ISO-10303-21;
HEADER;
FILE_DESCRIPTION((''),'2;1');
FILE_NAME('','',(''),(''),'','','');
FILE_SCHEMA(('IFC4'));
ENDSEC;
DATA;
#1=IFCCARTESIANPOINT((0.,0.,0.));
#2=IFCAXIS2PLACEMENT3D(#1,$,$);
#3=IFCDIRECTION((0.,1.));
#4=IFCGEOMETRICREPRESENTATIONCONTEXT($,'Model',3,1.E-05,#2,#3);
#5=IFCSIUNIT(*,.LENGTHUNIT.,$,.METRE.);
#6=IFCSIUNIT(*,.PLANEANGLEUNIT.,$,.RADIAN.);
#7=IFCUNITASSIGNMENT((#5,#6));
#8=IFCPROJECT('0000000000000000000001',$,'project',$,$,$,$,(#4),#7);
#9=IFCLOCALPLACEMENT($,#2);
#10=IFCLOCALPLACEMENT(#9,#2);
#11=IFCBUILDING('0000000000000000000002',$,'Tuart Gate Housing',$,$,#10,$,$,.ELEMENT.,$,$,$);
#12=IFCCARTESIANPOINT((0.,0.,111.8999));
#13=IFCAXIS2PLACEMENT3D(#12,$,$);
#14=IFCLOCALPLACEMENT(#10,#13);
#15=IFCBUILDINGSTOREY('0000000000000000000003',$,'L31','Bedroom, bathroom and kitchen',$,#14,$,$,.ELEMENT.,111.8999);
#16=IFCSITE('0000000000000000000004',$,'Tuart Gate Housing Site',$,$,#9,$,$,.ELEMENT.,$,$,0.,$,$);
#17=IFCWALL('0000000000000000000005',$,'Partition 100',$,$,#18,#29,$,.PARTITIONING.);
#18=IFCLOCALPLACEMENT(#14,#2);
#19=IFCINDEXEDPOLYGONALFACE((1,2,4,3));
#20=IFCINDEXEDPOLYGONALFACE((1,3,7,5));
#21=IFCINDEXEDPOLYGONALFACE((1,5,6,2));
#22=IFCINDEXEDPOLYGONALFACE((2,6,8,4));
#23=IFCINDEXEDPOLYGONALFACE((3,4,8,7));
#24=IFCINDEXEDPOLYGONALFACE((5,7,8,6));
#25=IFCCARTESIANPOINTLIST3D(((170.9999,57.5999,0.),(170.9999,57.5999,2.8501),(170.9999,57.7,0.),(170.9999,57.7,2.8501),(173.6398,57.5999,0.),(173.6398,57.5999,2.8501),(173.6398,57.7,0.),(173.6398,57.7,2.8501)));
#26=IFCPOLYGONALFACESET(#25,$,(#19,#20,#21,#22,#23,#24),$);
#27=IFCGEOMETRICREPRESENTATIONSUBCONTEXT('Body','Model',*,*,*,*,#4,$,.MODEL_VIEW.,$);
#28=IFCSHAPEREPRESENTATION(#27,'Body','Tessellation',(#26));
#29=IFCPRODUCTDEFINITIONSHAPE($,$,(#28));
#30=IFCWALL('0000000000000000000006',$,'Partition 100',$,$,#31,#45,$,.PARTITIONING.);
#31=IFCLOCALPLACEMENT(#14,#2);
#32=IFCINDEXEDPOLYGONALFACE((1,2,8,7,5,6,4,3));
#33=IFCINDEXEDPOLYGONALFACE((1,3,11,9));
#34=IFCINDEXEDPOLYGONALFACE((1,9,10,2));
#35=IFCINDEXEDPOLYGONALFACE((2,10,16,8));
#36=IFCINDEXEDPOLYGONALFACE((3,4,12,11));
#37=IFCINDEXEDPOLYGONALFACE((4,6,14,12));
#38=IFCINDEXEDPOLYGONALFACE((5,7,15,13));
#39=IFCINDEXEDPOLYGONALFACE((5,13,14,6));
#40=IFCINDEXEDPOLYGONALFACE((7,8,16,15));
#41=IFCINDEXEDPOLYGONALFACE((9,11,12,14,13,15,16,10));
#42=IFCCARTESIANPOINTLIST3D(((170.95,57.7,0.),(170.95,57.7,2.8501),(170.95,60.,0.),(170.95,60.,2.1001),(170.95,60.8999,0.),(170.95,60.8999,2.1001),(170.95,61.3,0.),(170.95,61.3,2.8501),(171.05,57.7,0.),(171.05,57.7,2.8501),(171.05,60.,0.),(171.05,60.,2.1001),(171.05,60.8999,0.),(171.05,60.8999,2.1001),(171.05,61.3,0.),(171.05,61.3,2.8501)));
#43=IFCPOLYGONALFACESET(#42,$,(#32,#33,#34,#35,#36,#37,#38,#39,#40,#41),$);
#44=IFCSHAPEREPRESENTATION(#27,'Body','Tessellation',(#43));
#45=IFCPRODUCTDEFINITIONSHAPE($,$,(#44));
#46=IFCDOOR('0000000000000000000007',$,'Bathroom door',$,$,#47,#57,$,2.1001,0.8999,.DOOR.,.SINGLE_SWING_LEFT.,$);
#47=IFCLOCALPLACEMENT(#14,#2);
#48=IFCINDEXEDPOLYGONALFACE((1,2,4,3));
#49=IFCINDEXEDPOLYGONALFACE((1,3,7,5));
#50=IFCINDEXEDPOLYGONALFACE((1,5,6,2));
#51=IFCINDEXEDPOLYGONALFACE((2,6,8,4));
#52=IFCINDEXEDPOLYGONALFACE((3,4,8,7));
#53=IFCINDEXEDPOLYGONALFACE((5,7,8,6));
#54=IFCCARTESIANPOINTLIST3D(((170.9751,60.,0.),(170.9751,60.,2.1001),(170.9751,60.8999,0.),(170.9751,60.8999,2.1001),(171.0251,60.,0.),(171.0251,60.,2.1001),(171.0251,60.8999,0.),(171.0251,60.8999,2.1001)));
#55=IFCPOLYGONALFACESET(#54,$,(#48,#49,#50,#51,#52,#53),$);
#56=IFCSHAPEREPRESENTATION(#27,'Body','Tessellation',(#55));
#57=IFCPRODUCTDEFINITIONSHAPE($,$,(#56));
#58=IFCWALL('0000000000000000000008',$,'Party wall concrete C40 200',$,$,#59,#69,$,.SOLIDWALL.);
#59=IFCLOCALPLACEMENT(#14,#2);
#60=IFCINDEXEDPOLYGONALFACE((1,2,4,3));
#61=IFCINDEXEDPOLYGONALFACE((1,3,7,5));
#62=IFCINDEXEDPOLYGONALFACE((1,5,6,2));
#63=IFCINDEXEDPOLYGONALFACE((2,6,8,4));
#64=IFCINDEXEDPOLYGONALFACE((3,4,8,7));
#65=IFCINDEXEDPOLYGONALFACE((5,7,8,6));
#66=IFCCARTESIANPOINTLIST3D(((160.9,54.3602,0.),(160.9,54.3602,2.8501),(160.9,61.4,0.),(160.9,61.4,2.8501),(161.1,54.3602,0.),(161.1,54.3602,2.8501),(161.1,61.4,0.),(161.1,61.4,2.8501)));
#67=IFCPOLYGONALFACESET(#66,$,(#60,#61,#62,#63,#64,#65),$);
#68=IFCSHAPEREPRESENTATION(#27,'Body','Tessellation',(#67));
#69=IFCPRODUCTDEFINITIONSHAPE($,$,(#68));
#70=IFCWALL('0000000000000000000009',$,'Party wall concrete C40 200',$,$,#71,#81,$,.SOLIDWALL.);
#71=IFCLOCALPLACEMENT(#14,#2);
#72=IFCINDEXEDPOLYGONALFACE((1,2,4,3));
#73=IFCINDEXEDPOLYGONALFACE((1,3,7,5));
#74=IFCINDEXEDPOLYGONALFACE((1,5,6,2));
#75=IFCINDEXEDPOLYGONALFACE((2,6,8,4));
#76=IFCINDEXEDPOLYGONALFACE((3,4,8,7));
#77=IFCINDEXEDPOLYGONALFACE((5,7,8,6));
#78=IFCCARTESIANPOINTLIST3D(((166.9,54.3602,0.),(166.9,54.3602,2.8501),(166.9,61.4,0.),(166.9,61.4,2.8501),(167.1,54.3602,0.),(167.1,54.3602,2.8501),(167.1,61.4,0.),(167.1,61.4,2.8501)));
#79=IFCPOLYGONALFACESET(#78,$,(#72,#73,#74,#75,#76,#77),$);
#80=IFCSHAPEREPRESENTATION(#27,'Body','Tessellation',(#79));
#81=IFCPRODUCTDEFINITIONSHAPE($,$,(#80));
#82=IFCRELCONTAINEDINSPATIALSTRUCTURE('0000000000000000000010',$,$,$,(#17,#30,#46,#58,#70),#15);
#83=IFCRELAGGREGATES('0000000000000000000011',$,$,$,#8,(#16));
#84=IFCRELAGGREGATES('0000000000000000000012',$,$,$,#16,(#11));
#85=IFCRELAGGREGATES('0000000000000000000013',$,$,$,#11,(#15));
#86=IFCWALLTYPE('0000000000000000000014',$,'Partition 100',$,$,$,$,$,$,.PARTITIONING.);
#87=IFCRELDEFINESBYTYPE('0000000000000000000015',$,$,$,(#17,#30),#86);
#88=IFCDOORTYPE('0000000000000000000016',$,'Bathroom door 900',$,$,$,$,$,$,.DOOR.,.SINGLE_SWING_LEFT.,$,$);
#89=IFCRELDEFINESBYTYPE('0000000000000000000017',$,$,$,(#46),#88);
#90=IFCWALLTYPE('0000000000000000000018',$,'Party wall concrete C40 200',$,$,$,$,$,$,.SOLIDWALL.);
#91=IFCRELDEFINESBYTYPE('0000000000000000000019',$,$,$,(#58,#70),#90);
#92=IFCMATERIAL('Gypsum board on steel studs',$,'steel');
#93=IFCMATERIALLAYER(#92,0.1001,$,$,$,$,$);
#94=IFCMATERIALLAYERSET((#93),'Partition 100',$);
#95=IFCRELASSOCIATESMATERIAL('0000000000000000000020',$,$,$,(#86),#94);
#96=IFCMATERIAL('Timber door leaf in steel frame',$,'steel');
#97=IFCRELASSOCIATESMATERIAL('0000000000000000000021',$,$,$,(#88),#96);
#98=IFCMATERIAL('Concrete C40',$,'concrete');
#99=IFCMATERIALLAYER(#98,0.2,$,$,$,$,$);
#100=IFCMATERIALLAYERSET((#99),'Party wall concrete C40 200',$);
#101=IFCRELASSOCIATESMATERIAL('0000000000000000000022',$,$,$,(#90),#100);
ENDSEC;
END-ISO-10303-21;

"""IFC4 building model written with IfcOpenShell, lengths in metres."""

from ifc_helpers import new_model, si_unit, direction, frame, frame_2d, origin, place, context, subcontext, project, spatial, rectangle, extrude, material, layer, layer_set, type_object, element, fill, save


model = new_model("IFC4")

# Units and contexts
model_context = context("Model", 3, precision=1e-05, world=origin(), true_north=direction((0.0, 1.0)))
body_context = subcontext(model_context, "Body", "Model", "MODEL_VIEW")
ifc_project = project(units=[si_unit("LENGTHUNIT", "METRE"), si_unit("PLANEANGLEUNIT", "RADIAN")], contexts=[model_context])

# Site, building, storey
site_placement = place(None, origin())
site = spatial("IfcSite", under=ifc_project, at=site_placement, Name="Tuart Gate Housing Site", CompositionType="ELEMENT", RefElevation=0.0)
building_placement = place(site_placement, origin())
building = spatial("IfcBuilding", under=site, at=building_placement, Name="Tuart Gate Housing", CompositionType="ELEMENT")
storey_placement = place(building_placement, frame((0.0, 0.0, 111.8999)))
storey = spatial("IfcBuildingStorey", under=building, at=storey_placement, Name="L31", Description="Bedroom, bathroom and kitchen", CompositionType="ELEMENT", Elevation=111.8999)

# Wall
ifc_material_1 = material(Name="Gypsum board on steel studs", Category="steel")
ifc_layer_1 = layer(ifc_material_1, 0.1001)
ifc_layer_set_1 = layer_set([ifc_layer_1], Name="Partition 100")
wall_type_1 = type_object("IfcWallType", Name="Partition 100", PredefinedType="PARTITIONING", material=ifc_layer_set_1)
wall_1_placement = place(storey_placement, frame((171.0, 57.6499, 0.0), z_axis=(0.0, 0.0, 1.0), x_axis=(1.0, 0.0, 0.0)))
element("IfcWall", 1, at=wall_1_placement, inside=storey, type_object=wall_type_1, Name="Partition 100", PredefinedType="PARTITIONING", context=body_context, shape_type="SweptSolid", body=[
    extrude(rectangle(XDim=2.6399, YDim=0.1001, at=frame_2d((1.3198, 0.0))), origin(), (0.0, 0.0, 1.0), 2.8501),
])

# Wall, opening, door
wall_2_placement = place(storey_placement, frame((171.0, 57.7, 0.0), z_axis=(0.0, 0.0, 1.0), x_axis=(0.0, 1.0, 0.0)))
wall_2 = element("IfcWall", 2, at=wall_2_placement, inside=storey, type_object=wall_type_1, Name="Partition 100", PredefinedType="PARTITIONING", context=body_context, shape_type="SweptSolid", body=[
    extrude(rectangle(XDim=3.6001, YDim=0.1001, at=frame_2d((1.8, 0.0))), origin(), (0.0, 0.0, 1.0), 2.8501),
])
opening_1_placement = place(wall_2_placement, frame((2.3, 0.0, 0.0)))
opening_1 = element("IfcOpeningElement", 3, at=opening_1_placement, cuts=wall_2, PredefinedType="OPENING", context=body_context, shape_type="SweptSolid", body=[
    extrude(rectangle(XDim=0.8999, YDim=2.1001, at=frame_2d((0.45, 1.05))), frame((0.0, 0.0601, 0.0), z_axis=(0.0, -1.0, 0.0), x_axis=(1.0, 0.0, 0.0)), (0.0, 0.0, 1.0), 0.1201),
])
ifc_material_2 = material(Name="Timber door leaf in steel frame", Category="steel")
door_type = type_object("IfcDoorType", Name="Bathroom door 900", OperationType="SINGLE_SWING_LEFT", PredefinedType="DOOR", material=ifc_material_2)
door_placement = place(opening_1_placement, frame((0.8999, 0.0, 0.0), z_axis=(0.0, 0.0, 1.0), x_axis=(-1.0, 0.0, 0.0)))
door = element("IfcDoor", 4, at=door_placement, inside=storey, type_object=door_type, Name="Bathroom door", OperationType="SINGLE_SWING_LEFT", OverallHeight=2.1001, OverallWidth=0.8999, PredefinedType="DOOR", context=body_context, shape_type="SweptSolid", body=[
    extrude(rectangle(XDim=0.8999, YDim=2.1001, at=frame_2d((0.45, 1.05))), frame((0.0, 0.0251, 0.0), z_axis=(0.0, -1.0, 0.0), x_axis=(1.0, 0.0, 0.0)), (0.0, 0.0, 1.0), 0.05),
])
fill(opening_1, door)

# Walls
ifc_material_3 = material(Name="Concrete C40", Category="concrete")
ifc_layer_2 = layer(ifc_material_3, 0.2)
ifc_layer_set_2 = layer_set([ifc_layer_2], Name="Party wall concrete C40 200")
wall_type_2 = type_object("IfcWallType", Name="Party wall concrete C40 200", PredefinedType="SOLIDWALL", material=ifc_layer_set_2)
for number, where, z_axis, x_axis, name in (
    (5, (161.0, 54.3601, 0.0), (0.0, 0.0, 1.0), (0.0, 1.0, 0.0), "Party wall concrete C40 200"),
    (6, (167.0, 54.3601, 0.0), (0.0, 0.0, 1.0), (0.0, 1.0, 0.0), "Party wall concrete C40 200"),
):
    element("IfcWall", number, at=place(storey_placement, frame(where, z_axis=z_axis, x_axis=x_axis)), inside=storey, type_object=wall_type_2, Name=name, PredefinedType="SOLIDWALL", context=body_context, shape_type="SweptSolid", body=[
        extrude(rectangle(XDim=7.0398, YDim=0.2, at=frame_2d((3.52, 0.0))), origin(), (0.0, 0.0, 1.0), 2.8501),
    ])

save(model, "model.ifc")
